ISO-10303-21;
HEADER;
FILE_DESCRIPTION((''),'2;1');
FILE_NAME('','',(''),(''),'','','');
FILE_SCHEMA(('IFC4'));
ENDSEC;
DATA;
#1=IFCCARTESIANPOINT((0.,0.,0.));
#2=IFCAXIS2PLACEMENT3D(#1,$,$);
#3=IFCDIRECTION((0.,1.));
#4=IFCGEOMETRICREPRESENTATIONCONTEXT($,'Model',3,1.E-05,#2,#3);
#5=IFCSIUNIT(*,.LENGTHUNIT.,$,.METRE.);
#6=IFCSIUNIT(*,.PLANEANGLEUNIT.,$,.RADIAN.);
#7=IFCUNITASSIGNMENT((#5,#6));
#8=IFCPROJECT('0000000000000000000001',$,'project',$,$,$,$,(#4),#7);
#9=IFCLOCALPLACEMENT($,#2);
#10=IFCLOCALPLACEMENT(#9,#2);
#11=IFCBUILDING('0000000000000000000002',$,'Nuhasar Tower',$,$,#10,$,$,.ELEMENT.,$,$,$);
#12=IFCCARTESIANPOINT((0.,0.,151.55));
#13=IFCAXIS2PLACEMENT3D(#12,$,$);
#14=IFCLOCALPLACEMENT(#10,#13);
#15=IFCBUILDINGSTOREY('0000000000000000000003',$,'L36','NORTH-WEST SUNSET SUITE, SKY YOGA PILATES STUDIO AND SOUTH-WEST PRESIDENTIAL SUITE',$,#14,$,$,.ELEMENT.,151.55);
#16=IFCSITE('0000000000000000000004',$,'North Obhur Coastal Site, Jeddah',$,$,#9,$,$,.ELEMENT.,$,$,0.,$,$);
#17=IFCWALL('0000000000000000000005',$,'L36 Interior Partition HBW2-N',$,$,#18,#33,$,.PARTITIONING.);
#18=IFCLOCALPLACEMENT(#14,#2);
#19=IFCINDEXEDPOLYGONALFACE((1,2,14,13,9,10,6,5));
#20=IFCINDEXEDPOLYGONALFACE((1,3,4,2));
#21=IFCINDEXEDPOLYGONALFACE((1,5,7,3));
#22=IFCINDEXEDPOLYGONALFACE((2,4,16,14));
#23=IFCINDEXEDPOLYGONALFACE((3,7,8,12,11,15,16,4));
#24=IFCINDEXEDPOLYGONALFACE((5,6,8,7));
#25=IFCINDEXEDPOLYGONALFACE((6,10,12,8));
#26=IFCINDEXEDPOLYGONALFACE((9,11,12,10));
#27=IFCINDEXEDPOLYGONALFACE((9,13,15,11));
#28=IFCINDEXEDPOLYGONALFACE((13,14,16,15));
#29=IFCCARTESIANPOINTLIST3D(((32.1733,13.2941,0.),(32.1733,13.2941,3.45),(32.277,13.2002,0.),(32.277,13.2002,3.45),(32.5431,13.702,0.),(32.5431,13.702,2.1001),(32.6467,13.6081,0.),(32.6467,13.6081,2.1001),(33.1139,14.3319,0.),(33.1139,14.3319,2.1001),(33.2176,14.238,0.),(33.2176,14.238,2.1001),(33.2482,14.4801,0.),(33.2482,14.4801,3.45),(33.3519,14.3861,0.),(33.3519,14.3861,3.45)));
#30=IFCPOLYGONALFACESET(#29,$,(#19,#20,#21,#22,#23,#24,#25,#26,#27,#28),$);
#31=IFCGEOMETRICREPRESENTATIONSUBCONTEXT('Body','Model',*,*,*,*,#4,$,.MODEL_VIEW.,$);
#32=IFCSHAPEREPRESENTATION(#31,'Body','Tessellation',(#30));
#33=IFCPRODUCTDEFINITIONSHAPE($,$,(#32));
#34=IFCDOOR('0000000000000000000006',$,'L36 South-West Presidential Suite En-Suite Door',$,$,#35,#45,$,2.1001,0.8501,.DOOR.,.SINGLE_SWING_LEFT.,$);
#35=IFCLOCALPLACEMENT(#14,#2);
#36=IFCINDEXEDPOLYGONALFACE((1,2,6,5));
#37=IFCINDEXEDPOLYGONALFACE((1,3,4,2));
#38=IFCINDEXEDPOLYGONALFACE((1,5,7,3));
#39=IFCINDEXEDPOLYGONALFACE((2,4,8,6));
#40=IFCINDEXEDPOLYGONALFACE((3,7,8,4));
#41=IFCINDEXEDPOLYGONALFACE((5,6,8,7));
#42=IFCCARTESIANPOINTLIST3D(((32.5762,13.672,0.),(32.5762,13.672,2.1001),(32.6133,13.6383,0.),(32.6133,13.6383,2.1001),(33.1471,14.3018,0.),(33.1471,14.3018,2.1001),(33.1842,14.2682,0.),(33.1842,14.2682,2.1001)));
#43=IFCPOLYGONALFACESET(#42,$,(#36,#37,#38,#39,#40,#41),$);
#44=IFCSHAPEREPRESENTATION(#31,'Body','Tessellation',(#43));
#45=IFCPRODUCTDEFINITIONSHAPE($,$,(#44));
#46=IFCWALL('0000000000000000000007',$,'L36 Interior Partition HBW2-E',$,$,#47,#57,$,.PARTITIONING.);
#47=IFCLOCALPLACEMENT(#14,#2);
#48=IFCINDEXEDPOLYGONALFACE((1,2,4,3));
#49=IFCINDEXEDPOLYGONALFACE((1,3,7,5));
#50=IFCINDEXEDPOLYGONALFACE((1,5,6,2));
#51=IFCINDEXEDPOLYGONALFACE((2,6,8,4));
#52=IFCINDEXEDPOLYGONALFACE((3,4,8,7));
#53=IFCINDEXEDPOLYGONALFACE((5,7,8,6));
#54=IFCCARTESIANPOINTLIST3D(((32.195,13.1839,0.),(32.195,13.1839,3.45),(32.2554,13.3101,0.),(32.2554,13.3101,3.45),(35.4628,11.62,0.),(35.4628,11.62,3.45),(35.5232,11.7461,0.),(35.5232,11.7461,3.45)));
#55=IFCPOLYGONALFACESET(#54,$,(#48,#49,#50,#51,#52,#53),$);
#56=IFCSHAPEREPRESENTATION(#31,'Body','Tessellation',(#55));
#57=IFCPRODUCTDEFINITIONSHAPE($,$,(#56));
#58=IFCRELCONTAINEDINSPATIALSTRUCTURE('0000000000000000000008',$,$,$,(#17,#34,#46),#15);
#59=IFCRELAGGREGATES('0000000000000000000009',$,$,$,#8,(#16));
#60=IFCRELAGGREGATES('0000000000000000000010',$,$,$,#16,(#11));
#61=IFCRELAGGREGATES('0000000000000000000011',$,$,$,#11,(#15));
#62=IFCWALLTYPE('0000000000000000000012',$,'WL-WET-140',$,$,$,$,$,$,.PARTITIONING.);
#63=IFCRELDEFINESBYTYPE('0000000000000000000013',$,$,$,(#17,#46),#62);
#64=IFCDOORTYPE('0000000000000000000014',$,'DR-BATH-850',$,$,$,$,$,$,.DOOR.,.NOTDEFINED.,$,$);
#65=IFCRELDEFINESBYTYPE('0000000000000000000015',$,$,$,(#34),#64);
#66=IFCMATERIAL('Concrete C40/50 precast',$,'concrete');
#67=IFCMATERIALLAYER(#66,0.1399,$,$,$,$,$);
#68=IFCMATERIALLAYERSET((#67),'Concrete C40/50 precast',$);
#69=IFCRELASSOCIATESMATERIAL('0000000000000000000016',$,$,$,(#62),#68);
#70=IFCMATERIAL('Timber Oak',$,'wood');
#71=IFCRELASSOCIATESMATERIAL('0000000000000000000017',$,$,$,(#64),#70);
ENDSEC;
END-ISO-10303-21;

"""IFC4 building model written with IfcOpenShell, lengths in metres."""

from ifc_helpers import new_model, si_unit, direction, frame, frame_2d, origin, place, context, subcontext, project, spatial, rectangle, extrude, material, layer, layer_set, type_object, element, fill, save


model = new_model("IFC4")

# Units and contexts
model_context = context("Model", 3, precision=1e-05, world=origin(), true_north=direction((0.0, 1.0)))
body_context = subcontext(model_context, "Body", "Model", "MODEL_VIEW")
ifc_project = project(units=[si_unit("LENGTHUNIT", "METRE"), si_unit("PLANEANGLEUNIT", "RADIAN")], contexts=[model_context])

# Site, building, storey
site_placement = place(None, origin())
site = spatial("IfcSite", under=ifc_project, at=site_placement, Name="North Obhur Coastal Site, Jeddah", CompositionType="ELEMENT", RefElevation=0.0)
building_placement = place(site_placement, origin())
building = spatial("IfcBuilding", under=site, at=building_placement, Name="Nuhasar Tower", CompositionType="ELEMENT")
storey_placement = place(building_placement, frame((0.0, 0.0, 151.55)))
storey = spatial("IfcBuildingStorey", under=building, at=storey_placement, Name="L36", Description="NORTH-WEST SUNSET SUITE, SKY YOGA PILATES STUDIO AND SOUTH-WEST PRESIDENTIAL SUITE", CompositionType="ELEMENT", Elevation=151.55)

# Shared definitions
ifc_material_1 = material(Name="Concrete C40/50 precast", Category="concrete")
ifc_layer_1 = layer(ifc_material_1, 0.1399)
ifc_layer_set_1 = layer_set([ifc_layer_1], Name="Concrete C40/50 precast")
wall_type_1 = type_object("IfcWallType", Name="WL-WET-140", PredefinedType="PARTITIONING", material=ifc_layer_set_1)

# Wall, opening, door
wall_1_placement = place(storey_placement, frame((33.3, 14.4331, 0.0), z_axis=(0.0, 0.0, 1.0), x_axis=(-0.671556, -0.740954, 0.0)))
wall_1 = element("IfcWall", 1, at=wall_1_placement, inside=storey, type_object=wall_type_1, Name="L36 Interior Partition HBW2-N", PredefinedType="PARTITIONING", context=body_context, shape_type="SweptSolid", body=[
    extrude(rectangle(XDim=1.6006, YDim=0.1399, at=frame_2d((0.8003, 0.0))), origin(), (0.0, 0.0, 1.0), 3.45),
])
opening_placement = place(wall_1_placement, frame((0.2, 0.0, 0.0)))
opening = element("IfcOpeningElement", 2, at=opening_placement, cuts=wall_1, PredefinedType="OPENING", context=body_context, shape_type="SweptSolid", body=[
    extrude(rectangle(XDim=0.8501, YDim=2.1001, at=frame_2d((0.425, 1.05))), frame((0.0, 0.0801, 0.0), z_axis=(0.0, -1.0, 0.0), x_axis=(1.0, 0.0, 0.0)), (0.0, 0.0, 1.0), 0.1599),
])
ifc_material_2 = material(Name="Timber Oak", Category="wood")
door_type = type_object("IfcDoorType", Name="DR-BATH-850", OperationType="NOTDEFINED", PredefinedType="DOOR", material=ifc_material_2)
door_placement = place(opening_placement, origin())
door = element("IfcDoor", 3, at=door_placement, inside=storey, type_object=door_type, Name="L36 South-West Presidential Suite En-Suite Door", OperationType="SINGLE_SWING_LEFT", OverallHeight=2.1001, OverallWidth=0.8501, PredefinedType="DOOR", context=body_context, shape_type="SweptSolid", body=[
    extrude(rectangle(XDim=0.8501, YDim=2.1001, at=frame_2d((0.425, 1.05))), frame((0.0, 0.0249, 0.0), z_axis=(0.0, -1.0, 0.0), x_axis=(1.0, 0.0, 0.0)), (0.0, 0.0, 1.0), 0.05),
])
fill(opening, door)

# Wall
wall_2_placement = place(storey_placement, frame((32.2251, 13.2471, 0.0), z_axis=(0.0, 0.0, 1.0), x_axis=(0.902017, -0.431701, 0.0)))
element("IfcWall", 4, at=wall_2_placement, inside=storey, type_object=wall_type_1, Name="L36 Interior Partition HBW2-E", PredefinedType="PARTITIONING", context=body_context, shape_type="SweptSolid", body=[
    extrude(rectangle(XDim=3.6228, YDim=0.1399, at=frame_2d((1.8115, 0.0))), origin(), (0.0, 0.0, 1.0), 3.45),
])

save(model, "model.ifc")
